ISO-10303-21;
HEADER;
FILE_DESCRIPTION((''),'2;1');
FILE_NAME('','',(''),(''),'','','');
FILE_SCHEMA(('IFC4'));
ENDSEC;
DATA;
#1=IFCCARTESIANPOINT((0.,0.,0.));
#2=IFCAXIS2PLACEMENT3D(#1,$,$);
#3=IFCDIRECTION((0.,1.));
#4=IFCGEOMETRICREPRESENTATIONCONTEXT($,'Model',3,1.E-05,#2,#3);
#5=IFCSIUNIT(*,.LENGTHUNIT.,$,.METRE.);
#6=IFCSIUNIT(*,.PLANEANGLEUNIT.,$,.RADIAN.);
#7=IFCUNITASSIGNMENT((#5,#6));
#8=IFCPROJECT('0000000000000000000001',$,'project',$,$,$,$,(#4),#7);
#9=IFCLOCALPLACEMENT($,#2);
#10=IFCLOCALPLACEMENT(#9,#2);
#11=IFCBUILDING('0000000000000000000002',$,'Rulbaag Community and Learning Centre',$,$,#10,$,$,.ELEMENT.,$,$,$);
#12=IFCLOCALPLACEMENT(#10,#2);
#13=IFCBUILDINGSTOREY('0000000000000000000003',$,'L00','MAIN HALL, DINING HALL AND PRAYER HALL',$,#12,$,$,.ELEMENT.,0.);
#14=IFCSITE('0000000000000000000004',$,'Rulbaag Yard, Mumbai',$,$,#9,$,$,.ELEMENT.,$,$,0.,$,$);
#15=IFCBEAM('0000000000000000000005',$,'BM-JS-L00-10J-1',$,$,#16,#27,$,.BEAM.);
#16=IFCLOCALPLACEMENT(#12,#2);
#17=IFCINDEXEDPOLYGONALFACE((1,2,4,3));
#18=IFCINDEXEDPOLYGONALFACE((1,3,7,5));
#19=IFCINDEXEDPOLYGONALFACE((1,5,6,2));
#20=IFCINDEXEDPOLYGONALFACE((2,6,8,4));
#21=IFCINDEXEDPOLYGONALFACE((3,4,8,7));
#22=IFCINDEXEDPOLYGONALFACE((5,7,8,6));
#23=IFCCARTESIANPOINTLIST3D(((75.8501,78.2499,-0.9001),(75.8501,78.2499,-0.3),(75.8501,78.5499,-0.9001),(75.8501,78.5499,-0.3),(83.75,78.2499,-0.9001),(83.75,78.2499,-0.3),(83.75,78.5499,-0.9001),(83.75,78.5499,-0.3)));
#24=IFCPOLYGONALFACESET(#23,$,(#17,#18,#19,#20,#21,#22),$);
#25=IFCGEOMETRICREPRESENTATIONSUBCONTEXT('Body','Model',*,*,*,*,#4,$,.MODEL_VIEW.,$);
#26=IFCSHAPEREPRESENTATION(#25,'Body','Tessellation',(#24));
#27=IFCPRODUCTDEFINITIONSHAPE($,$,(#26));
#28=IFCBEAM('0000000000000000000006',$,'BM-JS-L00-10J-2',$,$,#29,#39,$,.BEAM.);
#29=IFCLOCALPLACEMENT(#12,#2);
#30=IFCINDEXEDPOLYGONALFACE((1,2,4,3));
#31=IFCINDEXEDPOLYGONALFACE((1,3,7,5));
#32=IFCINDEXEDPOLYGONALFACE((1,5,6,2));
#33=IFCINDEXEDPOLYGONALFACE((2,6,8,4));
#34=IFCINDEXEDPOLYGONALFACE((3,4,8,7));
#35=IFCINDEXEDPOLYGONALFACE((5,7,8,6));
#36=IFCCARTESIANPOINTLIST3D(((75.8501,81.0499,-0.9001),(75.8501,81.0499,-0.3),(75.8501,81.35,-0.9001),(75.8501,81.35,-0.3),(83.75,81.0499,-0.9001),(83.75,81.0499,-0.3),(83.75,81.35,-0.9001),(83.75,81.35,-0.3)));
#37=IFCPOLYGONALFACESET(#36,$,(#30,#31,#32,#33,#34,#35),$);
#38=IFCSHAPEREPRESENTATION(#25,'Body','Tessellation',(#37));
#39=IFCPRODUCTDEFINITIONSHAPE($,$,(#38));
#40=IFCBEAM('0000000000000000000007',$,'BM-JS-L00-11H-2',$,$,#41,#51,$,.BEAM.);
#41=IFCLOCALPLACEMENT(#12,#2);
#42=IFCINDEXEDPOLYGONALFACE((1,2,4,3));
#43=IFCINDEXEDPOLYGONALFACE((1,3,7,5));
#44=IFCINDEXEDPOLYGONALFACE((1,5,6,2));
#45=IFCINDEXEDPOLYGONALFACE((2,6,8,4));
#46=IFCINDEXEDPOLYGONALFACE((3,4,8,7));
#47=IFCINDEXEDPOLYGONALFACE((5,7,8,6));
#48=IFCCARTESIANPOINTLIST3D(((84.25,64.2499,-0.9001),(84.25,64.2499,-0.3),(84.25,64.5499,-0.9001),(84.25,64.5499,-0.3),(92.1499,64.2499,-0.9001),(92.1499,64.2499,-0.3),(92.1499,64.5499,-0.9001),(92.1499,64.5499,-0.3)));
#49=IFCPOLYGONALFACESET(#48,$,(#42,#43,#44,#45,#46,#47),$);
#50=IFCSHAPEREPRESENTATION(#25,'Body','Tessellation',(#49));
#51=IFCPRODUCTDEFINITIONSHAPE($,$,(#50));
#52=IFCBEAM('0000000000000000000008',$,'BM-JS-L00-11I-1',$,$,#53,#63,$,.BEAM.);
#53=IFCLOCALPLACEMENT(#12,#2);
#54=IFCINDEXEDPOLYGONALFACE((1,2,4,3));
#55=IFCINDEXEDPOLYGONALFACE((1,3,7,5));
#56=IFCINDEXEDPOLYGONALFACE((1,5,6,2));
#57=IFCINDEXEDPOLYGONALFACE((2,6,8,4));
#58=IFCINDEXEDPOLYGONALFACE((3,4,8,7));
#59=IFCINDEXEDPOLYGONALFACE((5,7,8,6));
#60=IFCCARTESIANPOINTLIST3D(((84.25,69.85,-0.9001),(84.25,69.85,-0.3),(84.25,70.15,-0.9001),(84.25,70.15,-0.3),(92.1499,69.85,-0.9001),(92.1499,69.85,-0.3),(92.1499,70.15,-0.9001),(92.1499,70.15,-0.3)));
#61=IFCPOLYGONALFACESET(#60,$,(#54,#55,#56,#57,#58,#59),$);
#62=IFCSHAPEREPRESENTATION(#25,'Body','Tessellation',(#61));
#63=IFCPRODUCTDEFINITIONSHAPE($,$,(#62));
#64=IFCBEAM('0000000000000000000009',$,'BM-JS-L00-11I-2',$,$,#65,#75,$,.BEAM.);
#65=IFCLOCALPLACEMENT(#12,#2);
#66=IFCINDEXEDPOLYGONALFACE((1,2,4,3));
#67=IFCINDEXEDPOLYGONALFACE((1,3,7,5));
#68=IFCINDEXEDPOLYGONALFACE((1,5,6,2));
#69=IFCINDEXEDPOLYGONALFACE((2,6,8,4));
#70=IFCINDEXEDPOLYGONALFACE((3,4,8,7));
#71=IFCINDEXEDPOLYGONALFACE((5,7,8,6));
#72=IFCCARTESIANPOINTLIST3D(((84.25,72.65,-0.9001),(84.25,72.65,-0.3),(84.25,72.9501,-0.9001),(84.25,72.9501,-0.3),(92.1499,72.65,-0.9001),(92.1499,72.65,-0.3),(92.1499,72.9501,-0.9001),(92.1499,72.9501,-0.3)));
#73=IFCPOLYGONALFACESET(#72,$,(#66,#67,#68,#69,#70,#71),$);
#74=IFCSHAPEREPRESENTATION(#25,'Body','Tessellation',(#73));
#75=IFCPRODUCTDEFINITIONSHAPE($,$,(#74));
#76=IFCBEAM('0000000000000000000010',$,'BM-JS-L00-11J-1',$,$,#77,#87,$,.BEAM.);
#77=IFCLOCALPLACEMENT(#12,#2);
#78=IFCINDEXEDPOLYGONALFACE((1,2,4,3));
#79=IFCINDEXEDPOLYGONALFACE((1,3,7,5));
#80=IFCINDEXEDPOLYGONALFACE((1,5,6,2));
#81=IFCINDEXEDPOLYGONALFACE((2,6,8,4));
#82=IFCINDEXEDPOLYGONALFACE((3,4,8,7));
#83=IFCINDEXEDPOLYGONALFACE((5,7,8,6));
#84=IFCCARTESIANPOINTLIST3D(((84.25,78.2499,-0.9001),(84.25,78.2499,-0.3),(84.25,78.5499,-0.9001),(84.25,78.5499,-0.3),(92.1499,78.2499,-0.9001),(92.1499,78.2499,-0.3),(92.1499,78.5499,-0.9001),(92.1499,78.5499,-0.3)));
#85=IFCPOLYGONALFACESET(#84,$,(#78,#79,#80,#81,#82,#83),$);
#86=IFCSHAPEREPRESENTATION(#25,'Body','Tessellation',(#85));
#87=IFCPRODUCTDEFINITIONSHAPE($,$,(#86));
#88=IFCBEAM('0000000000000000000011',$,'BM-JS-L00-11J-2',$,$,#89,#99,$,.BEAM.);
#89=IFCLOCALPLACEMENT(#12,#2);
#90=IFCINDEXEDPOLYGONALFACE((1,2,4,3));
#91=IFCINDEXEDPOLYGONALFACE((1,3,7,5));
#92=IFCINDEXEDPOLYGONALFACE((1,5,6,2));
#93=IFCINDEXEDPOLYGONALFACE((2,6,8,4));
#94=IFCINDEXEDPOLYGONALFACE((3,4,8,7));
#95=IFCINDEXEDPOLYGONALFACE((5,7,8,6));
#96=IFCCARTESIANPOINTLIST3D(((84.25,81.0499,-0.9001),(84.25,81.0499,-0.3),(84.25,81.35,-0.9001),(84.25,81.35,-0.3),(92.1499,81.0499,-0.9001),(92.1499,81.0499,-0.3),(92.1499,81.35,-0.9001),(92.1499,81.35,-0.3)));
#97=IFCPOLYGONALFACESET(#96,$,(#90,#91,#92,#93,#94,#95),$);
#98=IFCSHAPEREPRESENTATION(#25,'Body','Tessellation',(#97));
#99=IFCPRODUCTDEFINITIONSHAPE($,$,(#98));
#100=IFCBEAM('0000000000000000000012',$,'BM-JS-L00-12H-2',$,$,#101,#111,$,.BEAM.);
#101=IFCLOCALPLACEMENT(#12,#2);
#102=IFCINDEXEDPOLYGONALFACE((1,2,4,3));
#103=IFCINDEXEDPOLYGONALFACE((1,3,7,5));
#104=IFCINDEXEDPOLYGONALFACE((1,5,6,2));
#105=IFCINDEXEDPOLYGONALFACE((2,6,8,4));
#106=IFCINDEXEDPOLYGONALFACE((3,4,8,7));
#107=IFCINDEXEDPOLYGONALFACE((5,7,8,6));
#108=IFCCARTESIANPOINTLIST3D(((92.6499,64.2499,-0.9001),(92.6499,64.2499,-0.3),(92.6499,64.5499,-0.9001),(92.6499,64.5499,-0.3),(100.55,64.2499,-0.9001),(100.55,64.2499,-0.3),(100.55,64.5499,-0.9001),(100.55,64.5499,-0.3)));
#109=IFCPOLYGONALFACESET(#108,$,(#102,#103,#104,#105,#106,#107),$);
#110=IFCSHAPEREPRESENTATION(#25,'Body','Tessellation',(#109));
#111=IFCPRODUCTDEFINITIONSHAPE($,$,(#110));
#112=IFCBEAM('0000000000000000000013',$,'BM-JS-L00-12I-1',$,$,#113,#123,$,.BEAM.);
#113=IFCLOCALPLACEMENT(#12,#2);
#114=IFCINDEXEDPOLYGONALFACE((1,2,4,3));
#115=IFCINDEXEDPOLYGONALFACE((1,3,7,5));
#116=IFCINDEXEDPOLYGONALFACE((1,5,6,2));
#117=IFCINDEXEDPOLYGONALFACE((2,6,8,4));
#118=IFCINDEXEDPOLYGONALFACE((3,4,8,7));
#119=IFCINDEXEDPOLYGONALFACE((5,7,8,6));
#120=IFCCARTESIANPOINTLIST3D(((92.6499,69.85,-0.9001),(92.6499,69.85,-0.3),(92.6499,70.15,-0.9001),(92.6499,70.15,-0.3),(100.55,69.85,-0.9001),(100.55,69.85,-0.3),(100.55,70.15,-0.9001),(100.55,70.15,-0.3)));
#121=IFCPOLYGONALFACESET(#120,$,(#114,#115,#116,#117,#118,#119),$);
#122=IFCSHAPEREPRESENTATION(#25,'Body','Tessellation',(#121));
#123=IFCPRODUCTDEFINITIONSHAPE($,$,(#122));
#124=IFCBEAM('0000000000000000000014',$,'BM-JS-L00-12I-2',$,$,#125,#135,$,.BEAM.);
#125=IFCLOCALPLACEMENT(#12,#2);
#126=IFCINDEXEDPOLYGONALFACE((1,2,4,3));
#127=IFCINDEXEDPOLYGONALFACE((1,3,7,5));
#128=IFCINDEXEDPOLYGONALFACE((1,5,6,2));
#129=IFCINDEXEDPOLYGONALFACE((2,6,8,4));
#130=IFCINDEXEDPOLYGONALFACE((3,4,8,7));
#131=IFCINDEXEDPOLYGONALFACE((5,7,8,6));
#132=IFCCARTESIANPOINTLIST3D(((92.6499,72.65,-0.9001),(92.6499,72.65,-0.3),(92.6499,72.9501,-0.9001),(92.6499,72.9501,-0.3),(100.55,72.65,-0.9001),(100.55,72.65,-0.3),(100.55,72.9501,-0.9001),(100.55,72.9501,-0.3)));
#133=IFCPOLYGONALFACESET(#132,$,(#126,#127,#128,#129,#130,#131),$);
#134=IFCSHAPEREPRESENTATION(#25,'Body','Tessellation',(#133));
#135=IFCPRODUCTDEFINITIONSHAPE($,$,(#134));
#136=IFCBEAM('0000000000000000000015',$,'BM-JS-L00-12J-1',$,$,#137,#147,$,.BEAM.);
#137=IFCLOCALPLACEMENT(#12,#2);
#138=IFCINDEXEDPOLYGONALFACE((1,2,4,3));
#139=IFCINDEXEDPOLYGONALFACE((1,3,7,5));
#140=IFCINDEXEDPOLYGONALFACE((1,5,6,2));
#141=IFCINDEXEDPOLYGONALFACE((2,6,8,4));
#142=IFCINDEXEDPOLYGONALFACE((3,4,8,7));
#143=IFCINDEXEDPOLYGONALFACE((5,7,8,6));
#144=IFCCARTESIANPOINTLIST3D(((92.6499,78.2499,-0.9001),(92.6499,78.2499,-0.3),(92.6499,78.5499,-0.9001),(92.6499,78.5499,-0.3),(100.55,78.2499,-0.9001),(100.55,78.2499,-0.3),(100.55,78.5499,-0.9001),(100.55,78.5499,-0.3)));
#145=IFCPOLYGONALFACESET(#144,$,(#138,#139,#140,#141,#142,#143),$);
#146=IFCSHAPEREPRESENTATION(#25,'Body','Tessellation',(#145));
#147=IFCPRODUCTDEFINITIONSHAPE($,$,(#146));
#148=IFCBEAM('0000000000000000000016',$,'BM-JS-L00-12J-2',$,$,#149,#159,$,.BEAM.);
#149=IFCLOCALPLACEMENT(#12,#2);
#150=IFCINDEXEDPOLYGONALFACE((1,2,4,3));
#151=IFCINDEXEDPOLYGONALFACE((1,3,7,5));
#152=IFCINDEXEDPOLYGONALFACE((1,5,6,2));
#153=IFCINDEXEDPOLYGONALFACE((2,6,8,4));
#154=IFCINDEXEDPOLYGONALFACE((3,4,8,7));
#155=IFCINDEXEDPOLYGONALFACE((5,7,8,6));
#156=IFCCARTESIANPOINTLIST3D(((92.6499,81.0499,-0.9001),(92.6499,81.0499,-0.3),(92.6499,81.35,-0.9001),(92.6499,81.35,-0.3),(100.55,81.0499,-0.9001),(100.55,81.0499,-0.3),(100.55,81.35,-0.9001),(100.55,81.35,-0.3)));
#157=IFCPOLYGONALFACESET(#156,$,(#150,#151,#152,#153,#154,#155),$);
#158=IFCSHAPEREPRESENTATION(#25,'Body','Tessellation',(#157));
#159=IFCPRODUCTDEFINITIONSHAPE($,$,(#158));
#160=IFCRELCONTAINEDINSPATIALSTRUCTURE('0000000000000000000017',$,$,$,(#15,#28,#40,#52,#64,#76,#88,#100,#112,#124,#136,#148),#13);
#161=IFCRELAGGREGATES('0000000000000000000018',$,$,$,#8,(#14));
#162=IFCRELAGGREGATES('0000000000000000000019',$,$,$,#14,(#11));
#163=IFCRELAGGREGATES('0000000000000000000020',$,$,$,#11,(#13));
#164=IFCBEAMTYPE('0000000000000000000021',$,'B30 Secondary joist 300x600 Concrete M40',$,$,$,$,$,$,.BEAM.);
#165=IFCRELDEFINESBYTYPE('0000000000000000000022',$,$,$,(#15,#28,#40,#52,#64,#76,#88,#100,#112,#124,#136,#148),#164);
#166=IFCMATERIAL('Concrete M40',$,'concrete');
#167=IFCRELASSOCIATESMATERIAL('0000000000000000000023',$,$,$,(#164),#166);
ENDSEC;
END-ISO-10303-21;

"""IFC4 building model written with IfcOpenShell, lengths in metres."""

from ifc_helpers import new_model, si_unit, direction, frame, origin, origin_2d, place, context, subcontext, project, spatial, rectangle, extrude, material, material_profile, profile_set, type_object, element, save


model = new_model("IFC4")

# Units and contexts
model_context = context("Model", 3, precision=1e-05, world=origin(), true_north=direction((0.0, 1.0)))
body_context = subcontext(model_context, "Body", "Model", "MODEL_VIEW")
ifc_project = project(units=[si_unit("LENGTHUNIT", "METRE"), si_unit("PLANEANGLEUNIT", "RADIAN")], contexts=[model_context])

# Site, building, storey
site_placement = place(None, origin())
site = spatial("IfcSite", under=ifc_project, at=site_placement, Name="Rulbaag Yard, Mumbai", CompositionType="ELEMENT", RefElevation=0.0)
building_placement = place(site_placement, origin())
building = spatial("IfcBuilding", under=site, at=building_placement, Name="Rulbaag Community and Learning Centre", CompositionType="ELEMENT")
storey_placement = place(building_placement, origin())
storey = spatial("IfcBuildingStorey", under=building, at=storey_placement, Name="L00", Description="MAIN HALL, DINING HALL AND PRAYER HALL", CompositionType="ELEMENT", Elevation=0.0)

# Beams
ifc_material = material(Name="Concrete M40", Category="concrete")
ifc_material_profile_1 = material_profile(ifc_material, rectangle(XDim=0.3, YDim=0.6001, at=origin_2d()), Name="RB300x600")
ifc_profile_set_1 = profile_set([ifc_material_profile_1], Name="Concrete M40")
beam_type_1 = type_object("IfcBeamType", Name="B30 Secondary joist 300x600 Concrete M40", PredefinedType="BEAM", material=ifc_profile_set_1)
for number, where, z_axis, x_axis, name in (
    (1, (75.8501, 78.3999, -0.6001), (1.0, 0.0, 0.0), (0.0, 1.0, 0.0), "BM-JS-L00-10J-1"),
    (2, (75.8501, 81.2, -0.6001), (1.0, 0.0, 0.0), (0.0, 1.0, 0.0), "BM-JS-L00-10J-2"),
    (3, (84.25, 64.3999, -0.6001), (1.0, 0.0, 0.0), (0.0, 1.0, 0.0), "BM-JS-L00-11H-2"),
    (4, (84.25, 70.0, -0.6001), (1.0, 0.0, 0.0), (0.0, 1.0, 0.0), "BM-JS-L00-11I-1"),
    (5, (84.25, 72.8, -0.6001), (1.0, 0.0, 0.0), (0.0, 1.0, 0.0), "BM-JS-L00-11I-2"),
    (6, (84.25, 78.3999, -0.6001), (1.0, 0.0, 0.0), (0.0, 1.0, 0.0), "BM-JS-L00-11J-1"),
    (7, (84.25, 81.2, -0.6001), (1.0, 0.0, 0.0), (0.0, 1.0, 0.0), "BM-JS-L00-11J-2"),
):
    element("IfcBeam", number, at=place(storey_placement, frame(where, z_axis=z_axis, x_axis=x_axis)), inside=storey, type_object=beam_type_1, Name=name, PredefinedType="BEAM", context=body_context, shape_type="SweptSolid", body=[
        extrude(rectangle(XDim=0.3, YDim=0.6001, at=origin_2d()), origin(), (0.0, 0.0, 1.0), 7.8999),
    ])
for number, where, z_axis, x_axis, name in (
    (8, (92.6499, 64.3999, -0.6001), (1.0, 0.0, 0.0), (0.0, 1.0, 0.0), "BM-JS-L00-12H-2"),
    (9, (92.6499, 70.0, -0.6001), (1.0, 0.0, 0.0), (0.0, 1.0, 0.0), "BM-JS-L00-12I-1"),
    (10, (92.6499, 72.8, -0.6001), (1.0, 0.0, 0.0), (0.0, 1.0, 0.0), "BM-JS-L00-12I-2"),
    (11, (92.6499, 78.3999, -0.6001), (1.0, 0.0, 0.0), (0.0, 1.0, 0.0), "BM-JS-L00-12J-1"),
    (12, (92.6499, 81.2, -0.6001), (1.0, 0.0, 0.0), (0.0, 1.0, 0.0), "BM-JS-L00-12J-2"),
):
    element("IfcBeam", number, at=place(storey_placement, frame(where, z_axis=z_axis, x_axis=x_axis)), inside=storey, type_object=beam_type_1, Name=name, PredefinedType="BEAM", context=body_context, shape_type="SweptSolid", body=[
        extrude(rectangle(XDim=0.3, YDim=0.6001, at=origin_2d()), origin(), (0.0, 0.0, 1.0), 7.9001),
    ])

save(model, "model.ifc")
